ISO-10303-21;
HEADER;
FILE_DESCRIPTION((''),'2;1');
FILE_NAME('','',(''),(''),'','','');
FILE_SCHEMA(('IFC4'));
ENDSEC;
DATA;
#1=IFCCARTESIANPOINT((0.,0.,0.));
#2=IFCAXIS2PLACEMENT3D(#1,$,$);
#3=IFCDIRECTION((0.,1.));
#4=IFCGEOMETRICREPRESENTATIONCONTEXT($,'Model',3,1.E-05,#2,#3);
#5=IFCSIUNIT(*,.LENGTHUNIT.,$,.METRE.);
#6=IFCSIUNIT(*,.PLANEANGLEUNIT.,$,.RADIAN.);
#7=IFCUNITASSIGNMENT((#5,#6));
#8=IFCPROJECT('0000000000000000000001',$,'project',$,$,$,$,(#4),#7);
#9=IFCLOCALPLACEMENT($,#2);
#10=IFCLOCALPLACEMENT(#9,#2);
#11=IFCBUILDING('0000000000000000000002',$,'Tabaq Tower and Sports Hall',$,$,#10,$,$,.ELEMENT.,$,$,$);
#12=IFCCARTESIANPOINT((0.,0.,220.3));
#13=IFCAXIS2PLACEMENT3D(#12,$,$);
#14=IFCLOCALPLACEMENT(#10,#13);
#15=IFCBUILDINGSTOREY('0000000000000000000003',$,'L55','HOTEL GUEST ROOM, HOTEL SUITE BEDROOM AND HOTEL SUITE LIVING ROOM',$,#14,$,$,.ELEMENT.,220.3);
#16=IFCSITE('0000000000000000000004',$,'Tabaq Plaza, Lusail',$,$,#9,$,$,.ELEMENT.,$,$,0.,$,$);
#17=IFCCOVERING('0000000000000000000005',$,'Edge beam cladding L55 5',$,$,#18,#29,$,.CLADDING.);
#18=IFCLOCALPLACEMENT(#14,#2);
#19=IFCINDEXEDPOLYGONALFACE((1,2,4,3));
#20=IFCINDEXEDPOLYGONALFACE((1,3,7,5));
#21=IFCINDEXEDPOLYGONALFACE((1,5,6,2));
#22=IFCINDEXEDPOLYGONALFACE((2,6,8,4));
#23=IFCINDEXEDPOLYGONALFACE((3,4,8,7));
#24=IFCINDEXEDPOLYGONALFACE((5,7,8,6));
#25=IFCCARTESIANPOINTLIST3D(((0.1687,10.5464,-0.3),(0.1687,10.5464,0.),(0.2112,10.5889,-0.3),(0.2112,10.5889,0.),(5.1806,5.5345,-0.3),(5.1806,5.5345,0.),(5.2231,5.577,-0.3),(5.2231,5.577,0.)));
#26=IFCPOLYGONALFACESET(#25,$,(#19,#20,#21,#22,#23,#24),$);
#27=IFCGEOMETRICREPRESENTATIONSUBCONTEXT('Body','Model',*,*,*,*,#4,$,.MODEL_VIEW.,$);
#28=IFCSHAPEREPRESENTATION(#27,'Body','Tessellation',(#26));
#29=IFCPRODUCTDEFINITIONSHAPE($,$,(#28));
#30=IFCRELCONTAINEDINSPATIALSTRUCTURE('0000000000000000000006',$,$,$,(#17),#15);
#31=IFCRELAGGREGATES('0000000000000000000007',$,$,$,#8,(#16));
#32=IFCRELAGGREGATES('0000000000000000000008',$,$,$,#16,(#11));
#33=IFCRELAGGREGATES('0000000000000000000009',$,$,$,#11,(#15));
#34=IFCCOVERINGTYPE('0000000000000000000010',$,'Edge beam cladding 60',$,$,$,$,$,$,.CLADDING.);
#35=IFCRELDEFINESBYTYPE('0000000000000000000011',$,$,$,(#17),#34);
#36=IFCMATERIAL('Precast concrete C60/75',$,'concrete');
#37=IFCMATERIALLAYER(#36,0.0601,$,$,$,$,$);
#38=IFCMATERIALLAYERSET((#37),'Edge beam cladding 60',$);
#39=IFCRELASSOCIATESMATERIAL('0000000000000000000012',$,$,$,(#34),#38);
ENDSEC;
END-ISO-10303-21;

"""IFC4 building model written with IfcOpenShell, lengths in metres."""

from ifc_helpers import new_model, si_unit, direction, frame, frame_2d, origin, place, context, subcontext, project, spatial, rectangle, extrude, material, layer, layer_set, type_object, element, save


model = new_model("IFC4")

# Units and contexts
model_context = context("Model", 3, precision=1e-05, world=origin(), true_north=direction((0.0, 1.0)))
body_context = subcontext(model_context, "Body", "Model", "MODEL_VIEW")
ifc_project = project(units=[si_unit("LENGTHUNIT", "METRE"), si_unit("PLANEANGLEUNIT", "RADIAN")], contexts=[model_context])

# Site, building, storey
site_placement = place(None, origin())
site = spatial("IfcSite", under=ifc_project, at=site_placement, Name="Tabaq Plaza, Lusail", CompositionType="ELEMENT", RefElevation=0.0)
building_placement = place(site_placement, origin())
building = spatial("IfcBuilding", under=site, at=building_placement, Name="Tabaq Tower and Sports Hall", CompositionType="ELEMENT")
storey_placement = place(building_placement, frame((0.0, 0.0, 220.3)))
storey = spatial("IfcBuildingStorey", under=building, at=storey_placement, Name="L55", Description="HOTEL GUEST ROOM, HOTEL SUITE BEDROOM AND HOTEL SUITE LIVING ROOM", CompositionType="ELEMENT", Elevation=220.3)

# Covering
ifc_material_1 = material(Name="Precast concrete C60/75", Category="concrete")
ifc_layer_1 = layer(ifc_material_1, 0.0601)
ifc_layer_set_1 = layer_set([ifc_layer_1], Name="Edge beam cladding 60")
covering_type_1 = type_object("IfcCoveringType", Name="Edge beam cladding 60", PredefinedType="CLADDING", material=ifc_layer_set_1)
covering_1_placement = place(storey_placement, frame((0.1899, 10.5676, -0.3), z_axis=(0.0, 0.0, 1.0), x_axis=(0.707107, -0.707107, 0.0)))
element("IfcCovering", 1, at=covering_1_placement, inside=storey, type_object=covering_type_1, Name="Edge beam cladding L55 5", PredefinedType="CLADDING", context=body_context, shape_type="SweptSolid", body=[
    extrude(rectangle(XDim=7.0879, YDim=0.0601, at=frame_2d((3.5439, 0.0))), origin(), (0.0, 0.0, 1.0), 0.3),
])

save(model, "model.ifc")
